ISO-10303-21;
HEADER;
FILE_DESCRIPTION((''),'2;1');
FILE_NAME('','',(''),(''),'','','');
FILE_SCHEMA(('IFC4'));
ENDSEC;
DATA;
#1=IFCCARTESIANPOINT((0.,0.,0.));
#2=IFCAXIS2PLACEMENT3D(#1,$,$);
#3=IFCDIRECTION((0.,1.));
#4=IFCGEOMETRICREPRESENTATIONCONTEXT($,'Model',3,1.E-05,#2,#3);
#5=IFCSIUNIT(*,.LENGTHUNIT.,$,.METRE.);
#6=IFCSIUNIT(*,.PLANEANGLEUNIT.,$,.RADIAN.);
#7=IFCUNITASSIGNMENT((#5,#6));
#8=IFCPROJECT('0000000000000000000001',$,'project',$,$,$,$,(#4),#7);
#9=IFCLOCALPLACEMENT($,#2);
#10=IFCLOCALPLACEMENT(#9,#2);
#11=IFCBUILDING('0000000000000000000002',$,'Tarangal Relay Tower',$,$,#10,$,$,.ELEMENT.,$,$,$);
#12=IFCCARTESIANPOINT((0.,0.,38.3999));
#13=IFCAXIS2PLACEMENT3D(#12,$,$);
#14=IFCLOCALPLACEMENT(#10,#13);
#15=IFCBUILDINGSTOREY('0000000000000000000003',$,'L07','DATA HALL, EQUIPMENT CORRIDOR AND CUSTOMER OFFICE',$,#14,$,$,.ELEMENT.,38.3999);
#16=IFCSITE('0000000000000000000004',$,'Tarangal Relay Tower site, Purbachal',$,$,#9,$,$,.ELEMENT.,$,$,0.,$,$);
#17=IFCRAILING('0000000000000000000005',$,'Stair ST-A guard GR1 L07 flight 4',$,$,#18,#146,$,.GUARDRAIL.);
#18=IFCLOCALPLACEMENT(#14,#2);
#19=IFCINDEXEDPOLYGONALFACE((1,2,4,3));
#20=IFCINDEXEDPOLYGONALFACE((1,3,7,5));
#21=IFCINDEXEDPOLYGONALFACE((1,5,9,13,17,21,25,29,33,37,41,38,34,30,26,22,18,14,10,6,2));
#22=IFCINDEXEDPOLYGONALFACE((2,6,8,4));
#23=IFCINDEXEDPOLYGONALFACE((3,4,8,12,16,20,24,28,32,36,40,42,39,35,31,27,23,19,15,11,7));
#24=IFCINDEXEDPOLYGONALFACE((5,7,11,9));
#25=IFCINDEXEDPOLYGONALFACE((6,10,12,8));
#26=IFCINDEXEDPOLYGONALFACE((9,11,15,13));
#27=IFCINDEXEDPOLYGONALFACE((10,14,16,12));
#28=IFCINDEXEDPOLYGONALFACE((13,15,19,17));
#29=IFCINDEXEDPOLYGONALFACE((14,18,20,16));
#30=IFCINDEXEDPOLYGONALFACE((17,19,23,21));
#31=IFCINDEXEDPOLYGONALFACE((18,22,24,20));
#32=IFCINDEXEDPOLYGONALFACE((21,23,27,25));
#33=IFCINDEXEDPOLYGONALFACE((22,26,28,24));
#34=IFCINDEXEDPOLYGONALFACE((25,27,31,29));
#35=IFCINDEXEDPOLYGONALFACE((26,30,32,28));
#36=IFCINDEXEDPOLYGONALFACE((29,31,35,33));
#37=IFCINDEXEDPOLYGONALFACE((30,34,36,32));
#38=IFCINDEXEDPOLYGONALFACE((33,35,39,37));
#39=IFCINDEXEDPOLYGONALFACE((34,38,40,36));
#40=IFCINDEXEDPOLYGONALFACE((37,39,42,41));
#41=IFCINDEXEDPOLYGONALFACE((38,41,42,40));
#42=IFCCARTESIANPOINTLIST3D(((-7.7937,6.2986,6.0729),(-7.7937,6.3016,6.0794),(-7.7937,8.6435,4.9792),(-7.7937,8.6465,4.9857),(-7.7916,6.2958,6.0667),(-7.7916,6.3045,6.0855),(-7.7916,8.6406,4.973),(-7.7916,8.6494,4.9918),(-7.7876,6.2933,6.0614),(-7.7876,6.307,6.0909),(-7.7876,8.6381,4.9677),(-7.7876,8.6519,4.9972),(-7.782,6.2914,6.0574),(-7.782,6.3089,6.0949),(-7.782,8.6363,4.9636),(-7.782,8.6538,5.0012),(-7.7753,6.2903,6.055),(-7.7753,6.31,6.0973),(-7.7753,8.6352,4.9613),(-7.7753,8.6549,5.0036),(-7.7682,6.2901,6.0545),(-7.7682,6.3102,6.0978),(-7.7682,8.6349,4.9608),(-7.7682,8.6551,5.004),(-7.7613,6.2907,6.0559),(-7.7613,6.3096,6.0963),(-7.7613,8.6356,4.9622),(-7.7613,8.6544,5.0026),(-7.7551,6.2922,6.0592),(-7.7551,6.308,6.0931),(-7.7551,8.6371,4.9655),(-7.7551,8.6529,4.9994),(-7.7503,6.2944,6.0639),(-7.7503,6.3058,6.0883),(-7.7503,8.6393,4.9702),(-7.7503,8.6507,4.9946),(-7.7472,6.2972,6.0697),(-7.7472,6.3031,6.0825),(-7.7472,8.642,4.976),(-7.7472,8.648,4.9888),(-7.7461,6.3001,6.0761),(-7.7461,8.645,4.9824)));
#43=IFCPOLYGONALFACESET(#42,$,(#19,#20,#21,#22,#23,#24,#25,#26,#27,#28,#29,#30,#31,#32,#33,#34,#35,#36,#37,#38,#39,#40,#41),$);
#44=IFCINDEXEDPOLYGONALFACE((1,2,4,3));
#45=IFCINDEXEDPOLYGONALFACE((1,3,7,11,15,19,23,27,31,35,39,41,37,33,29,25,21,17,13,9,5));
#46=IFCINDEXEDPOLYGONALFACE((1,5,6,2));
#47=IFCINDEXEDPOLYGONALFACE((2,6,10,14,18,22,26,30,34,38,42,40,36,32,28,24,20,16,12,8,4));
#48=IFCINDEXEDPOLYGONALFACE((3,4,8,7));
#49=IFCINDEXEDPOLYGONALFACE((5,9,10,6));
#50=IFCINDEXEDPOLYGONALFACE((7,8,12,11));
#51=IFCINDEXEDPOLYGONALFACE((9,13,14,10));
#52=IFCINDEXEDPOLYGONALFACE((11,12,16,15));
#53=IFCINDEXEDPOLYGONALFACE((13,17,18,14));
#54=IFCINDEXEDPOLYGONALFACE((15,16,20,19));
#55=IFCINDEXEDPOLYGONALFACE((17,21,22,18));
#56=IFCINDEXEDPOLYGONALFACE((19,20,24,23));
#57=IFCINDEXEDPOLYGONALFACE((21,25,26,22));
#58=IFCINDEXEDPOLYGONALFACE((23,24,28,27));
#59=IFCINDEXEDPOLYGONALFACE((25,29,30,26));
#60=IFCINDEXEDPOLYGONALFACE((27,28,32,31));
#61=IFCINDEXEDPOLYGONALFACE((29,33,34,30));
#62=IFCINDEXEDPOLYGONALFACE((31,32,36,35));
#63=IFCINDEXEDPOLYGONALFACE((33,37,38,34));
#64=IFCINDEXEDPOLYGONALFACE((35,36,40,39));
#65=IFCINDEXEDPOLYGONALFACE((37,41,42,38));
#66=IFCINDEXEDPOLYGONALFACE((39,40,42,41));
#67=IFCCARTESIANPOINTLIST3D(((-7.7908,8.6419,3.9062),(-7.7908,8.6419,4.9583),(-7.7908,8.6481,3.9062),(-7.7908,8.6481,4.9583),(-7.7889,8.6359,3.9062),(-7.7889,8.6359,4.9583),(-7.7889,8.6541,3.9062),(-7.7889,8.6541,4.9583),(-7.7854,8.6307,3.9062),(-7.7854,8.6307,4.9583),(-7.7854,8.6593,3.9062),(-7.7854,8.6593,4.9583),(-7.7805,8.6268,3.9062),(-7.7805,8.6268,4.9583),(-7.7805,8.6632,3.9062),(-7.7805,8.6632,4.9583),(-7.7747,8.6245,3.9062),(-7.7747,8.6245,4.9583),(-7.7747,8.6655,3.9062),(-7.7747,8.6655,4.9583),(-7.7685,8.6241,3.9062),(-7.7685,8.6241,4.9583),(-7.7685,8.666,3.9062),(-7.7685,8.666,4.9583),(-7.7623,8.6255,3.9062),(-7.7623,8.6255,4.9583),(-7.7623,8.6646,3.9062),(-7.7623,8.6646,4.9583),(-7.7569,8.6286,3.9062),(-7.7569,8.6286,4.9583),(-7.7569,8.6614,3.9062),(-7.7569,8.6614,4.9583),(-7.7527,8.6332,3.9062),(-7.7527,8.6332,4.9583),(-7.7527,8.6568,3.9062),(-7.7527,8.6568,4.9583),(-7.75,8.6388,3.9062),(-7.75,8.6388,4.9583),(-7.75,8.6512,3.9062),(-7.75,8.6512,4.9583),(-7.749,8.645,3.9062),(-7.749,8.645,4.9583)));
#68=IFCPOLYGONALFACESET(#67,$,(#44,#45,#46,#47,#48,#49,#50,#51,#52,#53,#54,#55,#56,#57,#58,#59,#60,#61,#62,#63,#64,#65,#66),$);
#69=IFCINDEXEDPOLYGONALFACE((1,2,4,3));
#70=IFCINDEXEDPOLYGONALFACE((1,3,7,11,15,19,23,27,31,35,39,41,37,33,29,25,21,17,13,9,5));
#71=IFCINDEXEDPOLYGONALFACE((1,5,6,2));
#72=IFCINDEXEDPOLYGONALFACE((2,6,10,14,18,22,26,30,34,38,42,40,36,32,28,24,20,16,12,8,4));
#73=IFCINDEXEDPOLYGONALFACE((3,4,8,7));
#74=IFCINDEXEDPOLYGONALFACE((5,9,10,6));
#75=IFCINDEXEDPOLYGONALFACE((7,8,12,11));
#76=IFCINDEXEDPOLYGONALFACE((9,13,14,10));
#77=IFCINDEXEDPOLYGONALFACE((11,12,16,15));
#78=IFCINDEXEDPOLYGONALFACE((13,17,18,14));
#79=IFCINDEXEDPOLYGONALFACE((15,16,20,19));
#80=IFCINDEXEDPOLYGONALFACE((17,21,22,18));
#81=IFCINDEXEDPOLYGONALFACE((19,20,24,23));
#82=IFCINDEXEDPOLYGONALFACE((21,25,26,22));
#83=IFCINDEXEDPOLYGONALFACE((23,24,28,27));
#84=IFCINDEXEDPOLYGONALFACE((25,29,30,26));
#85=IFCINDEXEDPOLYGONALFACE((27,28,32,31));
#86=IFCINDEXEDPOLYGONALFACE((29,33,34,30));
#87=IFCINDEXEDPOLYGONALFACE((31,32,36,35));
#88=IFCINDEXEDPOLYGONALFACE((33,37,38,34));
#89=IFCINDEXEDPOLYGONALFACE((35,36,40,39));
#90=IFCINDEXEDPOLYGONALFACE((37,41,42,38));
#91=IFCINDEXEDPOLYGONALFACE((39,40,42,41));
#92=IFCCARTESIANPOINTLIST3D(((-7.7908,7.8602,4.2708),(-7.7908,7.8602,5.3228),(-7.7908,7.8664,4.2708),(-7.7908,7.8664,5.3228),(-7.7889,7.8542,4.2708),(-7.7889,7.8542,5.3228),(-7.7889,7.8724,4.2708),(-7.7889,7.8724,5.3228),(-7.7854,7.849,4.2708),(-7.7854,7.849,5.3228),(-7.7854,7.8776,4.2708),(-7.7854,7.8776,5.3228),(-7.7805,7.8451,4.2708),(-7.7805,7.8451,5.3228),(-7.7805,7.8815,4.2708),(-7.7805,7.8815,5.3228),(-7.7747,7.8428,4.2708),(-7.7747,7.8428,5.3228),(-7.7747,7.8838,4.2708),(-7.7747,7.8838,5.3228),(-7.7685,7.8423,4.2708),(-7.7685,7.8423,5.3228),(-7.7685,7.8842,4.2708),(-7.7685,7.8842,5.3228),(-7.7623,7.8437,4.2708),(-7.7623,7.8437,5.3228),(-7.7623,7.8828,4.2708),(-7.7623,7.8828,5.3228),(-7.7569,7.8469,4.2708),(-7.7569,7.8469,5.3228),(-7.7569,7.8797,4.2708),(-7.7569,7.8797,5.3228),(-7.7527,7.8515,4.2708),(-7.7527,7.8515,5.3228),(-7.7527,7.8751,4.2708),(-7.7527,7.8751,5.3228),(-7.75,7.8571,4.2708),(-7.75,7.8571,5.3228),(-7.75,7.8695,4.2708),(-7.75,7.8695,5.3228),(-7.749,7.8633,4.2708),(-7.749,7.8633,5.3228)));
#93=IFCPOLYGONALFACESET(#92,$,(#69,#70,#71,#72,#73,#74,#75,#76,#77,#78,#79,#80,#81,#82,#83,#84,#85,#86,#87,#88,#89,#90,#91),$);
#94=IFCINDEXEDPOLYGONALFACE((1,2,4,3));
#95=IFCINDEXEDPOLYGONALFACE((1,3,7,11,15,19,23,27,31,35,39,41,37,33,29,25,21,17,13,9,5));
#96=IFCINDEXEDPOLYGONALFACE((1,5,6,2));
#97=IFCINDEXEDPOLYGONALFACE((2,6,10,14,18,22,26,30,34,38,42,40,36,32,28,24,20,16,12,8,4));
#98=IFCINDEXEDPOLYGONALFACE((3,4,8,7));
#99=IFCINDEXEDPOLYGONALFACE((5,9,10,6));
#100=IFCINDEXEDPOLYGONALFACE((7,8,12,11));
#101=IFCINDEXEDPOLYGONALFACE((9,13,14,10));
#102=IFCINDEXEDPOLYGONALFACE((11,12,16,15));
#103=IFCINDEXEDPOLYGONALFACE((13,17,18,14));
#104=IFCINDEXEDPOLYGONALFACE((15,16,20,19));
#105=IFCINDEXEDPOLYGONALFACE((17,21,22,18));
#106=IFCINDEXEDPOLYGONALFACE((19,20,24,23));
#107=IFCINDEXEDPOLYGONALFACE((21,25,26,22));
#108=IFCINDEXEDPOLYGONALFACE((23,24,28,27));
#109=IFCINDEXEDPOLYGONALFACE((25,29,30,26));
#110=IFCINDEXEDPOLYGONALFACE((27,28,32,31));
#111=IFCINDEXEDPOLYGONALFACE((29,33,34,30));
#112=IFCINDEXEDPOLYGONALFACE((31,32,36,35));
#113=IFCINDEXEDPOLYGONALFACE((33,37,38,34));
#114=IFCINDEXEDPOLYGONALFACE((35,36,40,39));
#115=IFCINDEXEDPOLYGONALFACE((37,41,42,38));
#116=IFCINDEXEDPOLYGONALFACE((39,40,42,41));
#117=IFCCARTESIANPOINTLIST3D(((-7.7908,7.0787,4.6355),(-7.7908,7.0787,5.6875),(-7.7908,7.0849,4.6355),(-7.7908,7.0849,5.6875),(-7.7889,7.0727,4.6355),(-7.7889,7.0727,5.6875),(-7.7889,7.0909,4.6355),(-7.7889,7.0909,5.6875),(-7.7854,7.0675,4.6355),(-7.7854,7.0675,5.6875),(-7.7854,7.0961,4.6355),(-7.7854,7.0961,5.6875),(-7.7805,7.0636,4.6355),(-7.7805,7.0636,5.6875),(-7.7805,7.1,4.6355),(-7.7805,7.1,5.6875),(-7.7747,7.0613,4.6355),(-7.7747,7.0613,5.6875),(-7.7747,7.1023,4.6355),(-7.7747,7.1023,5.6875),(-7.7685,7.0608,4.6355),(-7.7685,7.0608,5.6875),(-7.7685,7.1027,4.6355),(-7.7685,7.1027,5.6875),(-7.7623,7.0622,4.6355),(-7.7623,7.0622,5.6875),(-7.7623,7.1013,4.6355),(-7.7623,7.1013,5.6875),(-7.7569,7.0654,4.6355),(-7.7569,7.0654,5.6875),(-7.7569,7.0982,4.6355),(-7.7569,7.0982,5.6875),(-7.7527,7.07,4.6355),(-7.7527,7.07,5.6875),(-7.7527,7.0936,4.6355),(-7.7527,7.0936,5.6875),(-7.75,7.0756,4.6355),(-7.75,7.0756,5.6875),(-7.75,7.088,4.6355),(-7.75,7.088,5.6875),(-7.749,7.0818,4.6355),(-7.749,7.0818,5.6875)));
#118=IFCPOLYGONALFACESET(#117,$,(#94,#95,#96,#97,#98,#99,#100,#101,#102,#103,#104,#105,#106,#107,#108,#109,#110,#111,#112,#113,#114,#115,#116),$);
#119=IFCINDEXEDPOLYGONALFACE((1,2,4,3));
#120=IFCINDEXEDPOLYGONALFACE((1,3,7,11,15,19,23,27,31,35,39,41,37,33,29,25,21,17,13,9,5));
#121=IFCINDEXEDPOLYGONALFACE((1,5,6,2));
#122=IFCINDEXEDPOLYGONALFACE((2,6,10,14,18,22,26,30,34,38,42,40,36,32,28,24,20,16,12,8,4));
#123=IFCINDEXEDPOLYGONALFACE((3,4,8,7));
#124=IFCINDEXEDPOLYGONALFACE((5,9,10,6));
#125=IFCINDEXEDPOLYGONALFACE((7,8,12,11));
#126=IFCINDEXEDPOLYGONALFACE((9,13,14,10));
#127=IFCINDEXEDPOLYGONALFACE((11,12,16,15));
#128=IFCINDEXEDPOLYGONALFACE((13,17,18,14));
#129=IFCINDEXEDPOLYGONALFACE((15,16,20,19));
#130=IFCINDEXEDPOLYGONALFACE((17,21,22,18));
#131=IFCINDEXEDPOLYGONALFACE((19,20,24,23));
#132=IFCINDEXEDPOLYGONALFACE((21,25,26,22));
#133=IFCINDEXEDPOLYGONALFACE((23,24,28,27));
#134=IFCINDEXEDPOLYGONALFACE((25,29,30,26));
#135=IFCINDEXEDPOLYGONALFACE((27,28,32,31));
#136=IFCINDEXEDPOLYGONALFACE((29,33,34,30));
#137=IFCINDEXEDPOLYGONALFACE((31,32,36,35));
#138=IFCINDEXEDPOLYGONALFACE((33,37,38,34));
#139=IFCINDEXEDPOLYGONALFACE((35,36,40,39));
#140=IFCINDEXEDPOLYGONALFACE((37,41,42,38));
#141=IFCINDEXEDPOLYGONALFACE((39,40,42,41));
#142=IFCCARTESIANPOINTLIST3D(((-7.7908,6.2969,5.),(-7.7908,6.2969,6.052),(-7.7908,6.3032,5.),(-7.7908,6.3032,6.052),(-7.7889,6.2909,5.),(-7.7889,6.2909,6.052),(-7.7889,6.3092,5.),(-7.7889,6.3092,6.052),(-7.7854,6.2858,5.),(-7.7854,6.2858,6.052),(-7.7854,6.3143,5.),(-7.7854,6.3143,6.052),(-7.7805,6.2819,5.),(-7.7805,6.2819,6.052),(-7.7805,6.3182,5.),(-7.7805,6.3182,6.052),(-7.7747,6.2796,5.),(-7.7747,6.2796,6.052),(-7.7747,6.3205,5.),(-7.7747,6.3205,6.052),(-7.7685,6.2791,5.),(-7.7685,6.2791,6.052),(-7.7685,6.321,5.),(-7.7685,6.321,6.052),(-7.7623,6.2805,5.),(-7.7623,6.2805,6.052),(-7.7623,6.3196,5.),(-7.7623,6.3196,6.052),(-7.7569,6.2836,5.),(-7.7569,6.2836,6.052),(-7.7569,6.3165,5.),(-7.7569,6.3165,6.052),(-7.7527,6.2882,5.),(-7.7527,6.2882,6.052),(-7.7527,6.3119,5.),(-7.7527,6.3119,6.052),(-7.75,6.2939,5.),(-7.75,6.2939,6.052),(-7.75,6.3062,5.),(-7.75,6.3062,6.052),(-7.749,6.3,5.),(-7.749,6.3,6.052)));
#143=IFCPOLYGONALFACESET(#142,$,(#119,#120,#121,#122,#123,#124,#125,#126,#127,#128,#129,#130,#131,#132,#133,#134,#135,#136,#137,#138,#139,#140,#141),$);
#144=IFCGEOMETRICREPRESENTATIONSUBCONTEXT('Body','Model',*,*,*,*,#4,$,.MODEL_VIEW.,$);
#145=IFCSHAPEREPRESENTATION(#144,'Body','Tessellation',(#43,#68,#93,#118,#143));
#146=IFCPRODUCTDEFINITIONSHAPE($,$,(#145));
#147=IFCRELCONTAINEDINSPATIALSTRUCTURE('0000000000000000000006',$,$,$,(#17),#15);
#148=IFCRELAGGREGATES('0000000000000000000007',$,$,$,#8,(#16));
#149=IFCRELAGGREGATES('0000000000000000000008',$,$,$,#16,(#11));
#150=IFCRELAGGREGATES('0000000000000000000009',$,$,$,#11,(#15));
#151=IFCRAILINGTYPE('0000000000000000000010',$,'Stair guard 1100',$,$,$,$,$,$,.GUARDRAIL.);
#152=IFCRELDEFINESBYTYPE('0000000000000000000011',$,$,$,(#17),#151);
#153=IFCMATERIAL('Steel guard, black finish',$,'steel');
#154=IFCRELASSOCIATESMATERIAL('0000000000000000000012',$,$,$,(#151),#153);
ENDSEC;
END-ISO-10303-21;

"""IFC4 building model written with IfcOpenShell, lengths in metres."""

from ifc_helpers import new_model, si_unit, direction, frame, origin, origin_2d, place, context, subcontext, project, spatial, circle, extrude, material, type_object, element, save


model = new_model("IFC4")

# Units and contexts
model_context = context("Model", 3, precision=1e-05, world=origin(), true_north=direction((0.0, 1.0)))
body_context = subcontext(model_context, "Body", "Model", "MODEL_VIEW")
ifc_project = project(units=[si_unit("LENGTHUNIT", "METRE"), si_unit("PLANEANGLEUNIT", "RADIAN")], contexts=[model_context])

# Site, building, storey
site_placement = place(None, origin())
site = spatial("IfcSite", under=ifc_project, at=site_placement, Name="Tarangal Relay Tower site, Purbachal", CompositionType="ELEMENT", RefElevation=0.0)
building_placement = place(site_placement, origin())
building = spatial("IfcBuilding", under=site, at=building_placement, Name="Tarangal Relay Tower", CompositionType="ELEMENT")
storey_placement = place(building_placement, frame((0.0, 0.0, 38.3999)))
storey = spatial("IfcBuildingStorey", under=building, at=storey_placement, Name="L07", Description="DATA HALL, EQUIPMENT CORRIDOR AND CUSTOMER OFFICE", CompositionType="ELEMENT", Elevation=38.3999)

# Railing
ifc_material_1 = material(Name="Steel guard, black finish", Category="steel")
railing_type_1 = type_object("IfcRailingType", Name="Stair guard 1100", PredefinedType="GUARDRAIL", material=ifc_material_1)
railing_placement = place(storey_placement, frame((-7.77, 8.645, 3.9062)))
element("IfcRailing", 1, at=railing_placement, inside=storey, type_object=railing_type_1, Name="Stair ST-A guard GR1 L07 flight 4", PredefinedType="GUARDRAIL", context=body_context, shape_type="SweptSolid", body=[
    extrude(circle(Radius=0.0239, at=origin_2d()), frame((0.0, 0.0, 1.0762), z_axis=(0.0, -0.906267, 0.422705), x_axis=(1.0, 0.0, 0.0)), (0.0, 0.0, 1.0), 2.5874),
    extrude(circle(Radius=0.021, at=origin_2d()), origin(), (0.0, 0.0, 1.0), 1.052),
    extrude(circle(Radius=0.021, at=origin_2d()), frame((0.0, -0.7817, 0.3645)), (0.0, 0.0, 1.0), 1.052),
    extrude(circle(Radius=0.021, at=origin_2d()), frame((0.0, -1.5632, 0.7292)), (0.0, 0.0, 1.0), 1.052),
    extrude(circle(Radius=0.021, at=origin_2d()), frame((0.0, -2.345, 1.0938)), (0.0, 0.0, 1.0), 1.052),
])

save(model, "model.ifc")
